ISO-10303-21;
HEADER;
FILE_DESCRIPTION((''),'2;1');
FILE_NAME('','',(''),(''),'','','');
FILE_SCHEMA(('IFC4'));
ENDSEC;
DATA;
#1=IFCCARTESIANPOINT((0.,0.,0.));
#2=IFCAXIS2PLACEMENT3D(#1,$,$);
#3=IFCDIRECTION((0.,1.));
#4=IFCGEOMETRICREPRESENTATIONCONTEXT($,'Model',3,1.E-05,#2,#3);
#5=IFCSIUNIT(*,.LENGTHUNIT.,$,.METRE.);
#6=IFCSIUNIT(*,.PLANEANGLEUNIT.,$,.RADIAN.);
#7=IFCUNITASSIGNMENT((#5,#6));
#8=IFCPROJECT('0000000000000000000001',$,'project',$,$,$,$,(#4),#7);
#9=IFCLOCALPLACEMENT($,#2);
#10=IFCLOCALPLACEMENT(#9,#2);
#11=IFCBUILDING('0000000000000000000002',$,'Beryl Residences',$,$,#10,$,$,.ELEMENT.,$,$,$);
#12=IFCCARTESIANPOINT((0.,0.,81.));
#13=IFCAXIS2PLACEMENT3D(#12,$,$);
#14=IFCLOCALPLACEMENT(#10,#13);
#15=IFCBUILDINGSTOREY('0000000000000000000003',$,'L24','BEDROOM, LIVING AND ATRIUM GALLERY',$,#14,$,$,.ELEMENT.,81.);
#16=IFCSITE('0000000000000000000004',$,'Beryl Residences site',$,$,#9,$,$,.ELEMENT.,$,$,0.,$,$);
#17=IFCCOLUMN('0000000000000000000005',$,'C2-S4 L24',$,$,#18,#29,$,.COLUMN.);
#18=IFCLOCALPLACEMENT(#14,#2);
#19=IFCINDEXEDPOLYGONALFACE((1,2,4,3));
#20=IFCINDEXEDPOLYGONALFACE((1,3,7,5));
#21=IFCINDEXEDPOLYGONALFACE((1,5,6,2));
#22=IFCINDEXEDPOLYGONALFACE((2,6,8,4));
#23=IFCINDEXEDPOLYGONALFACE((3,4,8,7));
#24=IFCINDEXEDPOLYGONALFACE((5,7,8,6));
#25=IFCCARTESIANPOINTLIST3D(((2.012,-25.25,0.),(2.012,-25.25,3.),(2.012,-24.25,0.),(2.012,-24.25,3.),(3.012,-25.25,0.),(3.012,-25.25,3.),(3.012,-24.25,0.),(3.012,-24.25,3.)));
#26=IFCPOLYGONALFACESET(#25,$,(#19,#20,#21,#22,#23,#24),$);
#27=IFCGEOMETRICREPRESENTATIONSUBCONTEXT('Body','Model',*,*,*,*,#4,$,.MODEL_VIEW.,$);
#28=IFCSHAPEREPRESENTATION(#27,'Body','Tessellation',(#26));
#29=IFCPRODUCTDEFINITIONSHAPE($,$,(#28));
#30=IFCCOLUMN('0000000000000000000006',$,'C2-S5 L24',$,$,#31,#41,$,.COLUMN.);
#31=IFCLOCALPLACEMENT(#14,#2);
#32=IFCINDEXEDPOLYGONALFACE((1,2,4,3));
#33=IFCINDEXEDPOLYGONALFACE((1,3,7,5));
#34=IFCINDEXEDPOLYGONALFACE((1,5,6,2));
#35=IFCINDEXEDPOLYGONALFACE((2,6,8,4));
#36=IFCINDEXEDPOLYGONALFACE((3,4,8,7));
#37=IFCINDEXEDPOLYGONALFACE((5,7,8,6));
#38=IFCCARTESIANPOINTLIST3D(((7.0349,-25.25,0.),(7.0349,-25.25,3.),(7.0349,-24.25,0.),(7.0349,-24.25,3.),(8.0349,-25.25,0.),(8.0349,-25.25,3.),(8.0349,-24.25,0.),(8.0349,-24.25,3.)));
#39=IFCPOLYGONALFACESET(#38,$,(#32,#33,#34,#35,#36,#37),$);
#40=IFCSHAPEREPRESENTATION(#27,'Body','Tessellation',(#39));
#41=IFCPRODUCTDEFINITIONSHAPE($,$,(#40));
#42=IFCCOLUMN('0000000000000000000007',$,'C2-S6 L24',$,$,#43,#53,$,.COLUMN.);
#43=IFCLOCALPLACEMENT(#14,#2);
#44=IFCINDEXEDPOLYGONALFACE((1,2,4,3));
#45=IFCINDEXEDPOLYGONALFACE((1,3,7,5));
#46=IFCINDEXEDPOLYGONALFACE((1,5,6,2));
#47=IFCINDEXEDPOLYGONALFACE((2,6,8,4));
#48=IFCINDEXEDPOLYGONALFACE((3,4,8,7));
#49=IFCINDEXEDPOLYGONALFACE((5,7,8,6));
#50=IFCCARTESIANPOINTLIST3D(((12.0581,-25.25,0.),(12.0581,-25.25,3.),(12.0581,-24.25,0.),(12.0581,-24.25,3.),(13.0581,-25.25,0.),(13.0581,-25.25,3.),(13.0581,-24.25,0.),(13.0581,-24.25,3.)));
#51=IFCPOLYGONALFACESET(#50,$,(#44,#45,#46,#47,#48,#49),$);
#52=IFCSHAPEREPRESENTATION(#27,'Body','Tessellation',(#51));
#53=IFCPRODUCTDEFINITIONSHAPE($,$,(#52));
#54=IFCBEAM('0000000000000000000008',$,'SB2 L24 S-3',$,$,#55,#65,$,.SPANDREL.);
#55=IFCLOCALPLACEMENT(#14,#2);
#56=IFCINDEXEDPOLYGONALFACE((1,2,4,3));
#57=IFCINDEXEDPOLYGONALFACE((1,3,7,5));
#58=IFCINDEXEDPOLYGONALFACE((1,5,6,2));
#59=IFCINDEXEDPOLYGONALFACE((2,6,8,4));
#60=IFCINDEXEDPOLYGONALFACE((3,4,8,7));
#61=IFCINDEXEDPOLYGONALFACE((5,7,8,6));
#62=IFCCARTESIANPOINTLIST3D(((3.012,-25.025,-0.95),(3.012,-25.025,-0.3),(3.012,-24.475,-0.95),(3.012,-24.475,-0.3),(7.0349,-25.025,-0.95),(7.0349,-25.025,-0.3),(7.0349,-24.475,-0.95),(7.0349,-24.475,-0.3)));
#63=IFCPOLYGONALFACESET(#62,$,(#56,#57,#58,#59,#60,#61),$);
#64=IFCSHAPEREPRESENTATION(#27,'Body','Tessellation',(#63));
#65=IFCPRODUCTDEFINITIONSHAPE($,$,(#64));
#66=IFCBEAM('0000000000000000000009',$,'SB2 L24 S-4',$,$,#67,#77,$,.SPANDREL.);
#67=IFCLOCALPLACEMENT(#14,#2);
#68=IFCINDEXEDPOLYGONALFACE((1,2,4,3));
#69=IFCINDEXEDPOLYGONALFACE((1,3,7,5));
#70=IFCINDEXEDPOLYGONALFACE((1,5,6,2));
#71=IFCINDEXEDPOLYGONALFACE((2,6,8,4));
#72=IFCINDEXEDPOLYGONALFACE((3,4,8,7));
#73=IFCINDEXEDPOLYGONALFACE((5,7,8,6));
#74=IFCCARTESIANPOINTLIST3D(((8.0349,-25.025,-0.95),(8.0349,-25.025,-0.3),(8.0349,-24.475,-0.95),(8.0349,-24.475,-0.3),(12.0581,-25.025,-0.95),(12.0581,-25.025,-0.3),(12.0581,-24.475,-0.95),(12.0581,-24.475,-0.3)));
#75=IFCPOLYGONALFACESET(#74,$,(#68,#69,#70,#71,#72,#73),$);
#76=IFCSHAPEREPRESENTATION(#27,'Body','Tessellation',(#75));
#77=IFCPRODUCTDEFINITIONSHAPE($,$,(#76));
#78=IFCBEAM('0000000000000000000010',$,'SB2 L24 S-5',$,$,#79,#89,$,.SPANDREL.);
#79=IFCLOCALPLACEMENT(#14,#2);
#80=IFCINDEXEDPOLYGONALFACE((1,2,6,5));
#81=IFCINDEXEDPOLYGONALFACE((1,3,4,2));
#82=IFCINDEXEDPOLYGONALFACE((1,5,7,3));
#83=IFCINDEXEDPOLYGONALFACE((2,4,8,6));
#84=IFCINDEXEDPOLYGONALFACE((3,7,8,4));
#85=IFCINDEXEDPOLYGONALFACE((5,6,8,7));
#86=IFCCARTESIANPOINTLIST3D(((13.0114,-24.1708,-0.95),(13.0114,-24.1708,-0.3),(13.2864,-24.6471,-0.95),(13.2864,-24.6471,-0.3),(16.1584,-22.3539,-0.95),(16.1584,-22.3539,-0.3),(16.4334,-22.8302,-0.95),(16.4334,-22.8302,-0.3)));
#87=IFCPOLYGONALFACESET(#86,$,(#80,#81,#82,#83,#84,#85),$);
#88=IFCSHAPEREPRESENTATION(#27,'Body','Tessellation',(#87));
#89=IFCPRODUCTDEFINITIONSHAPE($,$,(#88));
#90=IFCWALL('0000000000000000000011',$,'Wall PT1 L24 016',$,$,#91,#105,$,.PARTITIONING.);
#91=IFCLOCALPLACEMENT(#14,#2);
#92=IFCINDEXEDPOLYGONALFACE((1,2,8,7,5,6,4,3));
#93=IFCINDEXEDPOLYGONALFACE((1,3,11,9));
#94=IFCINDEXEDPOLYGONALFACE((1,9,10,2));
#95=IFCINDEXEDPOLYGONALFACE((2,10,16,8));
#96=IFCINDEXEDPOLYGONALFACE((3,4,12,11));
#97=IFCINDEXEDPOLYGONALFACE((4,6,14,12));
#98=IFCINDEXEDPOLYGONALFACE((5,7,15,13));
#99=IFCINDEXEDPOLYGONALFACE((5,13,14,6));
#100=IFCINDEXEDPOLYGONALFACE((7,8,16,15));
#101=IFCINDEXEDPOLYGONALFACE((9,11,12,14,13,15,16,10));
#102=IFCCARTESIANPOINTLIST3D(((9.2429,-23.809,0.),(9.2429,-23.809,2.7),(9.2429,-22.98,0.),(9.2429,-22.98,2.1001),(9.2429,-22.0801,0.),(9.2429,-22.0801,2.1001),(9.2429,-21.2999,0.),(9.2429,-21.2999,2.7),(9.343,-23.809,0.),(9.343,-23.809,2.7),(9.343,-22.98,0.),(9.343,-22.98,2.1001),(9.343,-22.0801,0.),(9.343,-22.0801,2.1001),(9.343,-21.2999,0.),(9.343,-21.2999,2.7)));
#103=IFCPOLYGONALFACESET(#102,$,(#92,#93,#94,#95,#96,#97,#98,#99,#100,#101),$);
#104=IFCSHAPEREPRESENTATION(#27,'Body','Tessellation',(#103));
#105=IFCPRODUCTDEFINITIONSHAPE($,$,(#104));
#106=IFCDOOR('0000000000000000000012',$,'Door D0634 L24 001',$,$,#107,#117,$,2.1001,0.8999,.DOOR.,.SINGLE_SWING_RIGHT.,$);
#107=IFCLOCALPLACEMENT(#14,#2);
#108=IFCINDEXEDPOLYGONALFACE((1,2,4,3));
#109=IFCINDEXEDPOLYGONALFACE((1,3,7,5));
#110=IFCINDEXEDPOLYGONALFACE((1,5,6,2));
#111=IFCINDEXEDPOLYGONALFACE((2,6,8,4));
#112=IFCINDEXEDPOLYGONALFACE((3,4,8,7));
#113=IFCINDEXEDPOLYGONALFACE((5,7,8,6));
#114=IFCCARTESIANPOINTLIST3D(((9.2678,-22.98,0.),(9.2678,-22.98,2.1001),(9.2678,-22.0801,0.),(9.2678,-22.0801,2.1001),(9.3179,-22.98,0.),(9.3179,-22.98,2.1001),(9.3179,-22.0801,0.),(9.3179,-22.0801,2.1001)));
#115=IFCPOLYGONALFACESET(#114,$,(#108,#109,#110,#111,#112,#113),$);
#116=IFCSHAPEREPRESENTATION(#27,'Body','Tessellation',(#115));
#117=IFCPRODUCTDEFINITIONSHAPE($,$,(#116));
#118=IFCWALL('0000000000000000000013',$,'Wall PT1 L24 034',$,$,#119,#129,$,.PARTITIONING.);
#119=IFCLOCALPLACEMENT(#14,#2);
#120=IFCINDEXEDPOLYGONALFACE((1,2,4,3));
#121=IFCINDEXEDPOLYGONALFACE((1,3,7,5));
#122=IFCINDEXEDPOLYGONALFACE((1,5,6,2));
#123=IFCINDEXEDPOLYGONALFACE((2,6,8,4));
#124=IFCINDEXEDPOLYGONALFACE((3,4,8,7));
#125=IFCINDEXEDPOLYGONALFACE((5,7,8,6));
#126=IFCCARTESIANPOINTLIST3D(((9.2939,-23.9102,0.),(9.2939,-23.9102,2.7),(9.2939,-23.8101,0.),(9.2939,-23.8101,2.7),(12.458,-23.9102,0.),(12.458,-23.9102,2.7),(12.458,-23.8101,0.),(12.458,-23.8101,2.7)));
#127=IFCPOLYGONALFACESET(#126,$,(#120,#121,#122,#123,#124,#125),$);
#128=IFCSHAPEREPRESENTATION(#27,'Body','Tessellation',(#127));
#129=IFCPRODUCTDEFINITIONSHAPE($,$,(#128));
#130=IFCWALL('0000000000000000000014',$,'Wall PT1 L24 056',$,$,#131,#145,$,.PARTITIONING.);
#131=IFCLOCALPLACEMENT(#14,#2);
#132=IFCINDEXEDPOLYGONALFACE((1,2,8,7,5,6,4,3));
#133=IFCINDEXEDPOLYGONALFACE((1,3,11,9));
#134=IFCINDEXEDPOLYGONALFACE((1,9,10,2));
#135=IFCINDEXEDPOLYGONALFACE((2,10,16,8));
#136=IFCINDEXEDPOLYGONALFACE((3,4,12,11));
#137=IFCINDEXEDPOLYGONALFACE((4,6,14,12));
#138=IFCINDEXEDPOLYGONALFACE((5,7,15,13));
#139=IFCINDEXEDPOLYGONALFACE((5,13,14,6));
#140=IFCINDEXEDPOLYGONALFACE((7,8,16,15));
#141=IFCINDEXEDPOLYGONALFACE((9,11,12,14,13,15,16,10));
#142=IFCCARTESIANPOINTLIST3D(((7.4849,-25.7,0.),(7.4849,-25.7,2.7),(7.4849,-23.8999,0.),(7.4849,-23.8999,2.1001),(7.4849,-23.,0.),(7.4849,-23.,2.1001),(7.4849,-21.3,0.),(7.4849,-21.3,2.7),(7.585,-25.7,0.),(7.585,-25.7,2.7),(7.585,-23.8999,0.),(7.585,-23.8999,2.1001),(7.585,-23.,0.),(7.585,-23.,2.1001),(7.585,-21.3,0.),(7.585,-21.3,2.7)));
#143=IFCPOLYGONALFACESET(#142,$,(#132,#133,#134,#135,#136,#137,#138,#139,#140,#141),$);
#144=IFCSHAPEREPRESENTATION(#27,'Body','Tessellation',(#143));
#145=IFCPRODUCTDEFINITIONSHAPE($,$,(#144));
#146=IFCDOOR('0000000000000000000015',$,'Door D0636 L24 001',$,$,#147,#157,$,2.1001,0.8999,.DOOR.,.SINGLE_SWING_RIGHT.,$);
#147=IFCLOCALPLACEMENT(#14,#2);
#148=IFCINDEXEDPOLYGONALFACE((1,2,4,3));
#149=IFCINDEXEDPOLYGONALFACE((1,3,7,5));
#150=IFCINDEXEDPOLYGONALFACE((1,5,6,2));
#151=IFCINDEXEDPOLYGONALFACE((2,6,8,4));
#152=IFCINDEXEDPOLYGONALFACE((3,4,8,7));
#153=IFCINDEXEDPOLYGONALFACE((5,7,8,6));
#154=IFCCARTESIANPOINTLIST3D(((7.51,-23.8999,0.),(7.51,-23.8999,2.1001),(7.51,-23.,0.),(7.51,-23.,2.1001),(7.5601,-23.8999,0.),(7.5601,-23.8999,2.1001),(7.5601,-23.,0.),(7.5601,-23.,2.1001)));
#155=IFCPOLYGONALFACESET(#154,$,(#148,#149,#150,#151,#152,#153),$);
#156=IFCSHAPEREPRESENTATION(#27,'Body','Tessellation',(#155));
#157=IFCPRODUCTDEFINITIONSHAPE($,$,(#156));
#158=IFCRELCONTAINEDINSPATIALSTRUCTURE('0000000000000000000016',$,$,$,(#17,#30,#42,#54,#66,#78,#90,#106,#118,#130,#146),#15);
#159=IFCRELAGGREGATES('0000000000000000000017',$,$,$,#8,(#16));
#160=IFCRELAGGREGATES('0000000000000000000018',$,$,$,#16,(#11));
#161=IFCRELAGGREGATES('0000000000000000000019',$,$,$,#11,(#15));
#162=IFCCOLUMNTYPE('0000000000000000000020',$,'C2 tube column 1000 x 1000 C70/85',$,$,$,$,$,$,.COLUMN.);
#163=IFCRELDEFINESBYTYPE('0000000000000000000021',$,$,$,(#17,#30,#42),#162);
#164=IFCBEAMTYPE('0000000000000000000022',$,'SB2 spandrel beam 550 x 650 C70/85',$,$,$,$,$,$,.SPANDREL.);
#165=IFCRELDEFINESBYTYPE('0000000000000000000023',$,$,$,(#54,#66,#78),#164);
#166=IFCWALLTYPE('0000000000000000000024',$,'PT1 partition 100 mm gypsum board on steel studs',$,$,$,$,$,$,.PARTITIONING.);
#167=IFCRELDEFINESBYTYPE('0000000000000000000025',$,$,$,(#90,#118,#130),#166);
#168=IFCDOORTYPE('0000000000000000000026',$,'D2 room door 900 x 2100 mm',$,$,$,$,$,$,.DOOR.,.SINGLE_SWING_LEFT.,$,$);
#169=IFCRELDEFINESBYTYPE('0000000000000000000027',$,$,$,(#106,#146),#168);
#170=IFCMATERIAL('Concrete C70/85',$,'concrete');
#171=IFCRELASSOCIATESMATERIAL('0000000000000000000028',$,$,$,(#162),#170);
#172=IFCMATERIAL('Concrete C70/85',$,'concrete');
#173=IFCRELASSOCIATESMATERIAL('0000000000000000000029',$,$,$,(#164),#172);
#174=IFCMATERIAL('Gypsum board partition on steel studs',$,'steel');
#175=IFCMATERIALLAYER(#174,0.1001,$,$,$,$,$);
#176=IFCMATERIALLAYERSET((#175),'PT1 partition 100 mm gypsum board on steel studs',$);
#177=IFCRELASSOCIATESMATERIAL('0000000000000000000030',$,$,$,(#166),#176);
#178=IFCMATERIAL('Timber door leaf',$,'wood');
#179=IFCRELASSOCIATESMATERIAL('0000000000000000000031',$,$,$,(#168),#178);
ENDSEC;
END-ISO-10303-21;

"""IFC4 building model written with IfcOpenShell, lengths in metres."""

from ifc_helpers import new_model, si_unit, direction, frame, frame_2d, origin, origin_2d, place, context, subcontext, project, spatial, rectangle, extrude, material, layer, layer_set, material_profile, profile_set, type_object, element, fill, save


model = new_model("IFC4")

# Units and contexts
model_context = context("Model", 3, precision=1e-05, world=origin(), true_north=direction((0.0, 1.0)))
body_context = subcontext(model_context, "Body", "Model", "MODEL_VIEW")
ifc_project = project(units=[si_unit("LENGTHUNIT", "METRE"), si_unit("PLANEANGLEUNIT", "RADIAN")], contexts=[model_context])

# Site, building, storey
site_placement = place(None, origin())
site = spatial("IfcSite", under=ifc_project, at=site_placement, Name="Beryl Residences site", CompositionType="ELEMENT", RefElevation=0.0)
building_placement = place(site_placement, origin())
building = spatial("IfcBuilding", under=site, at=building_placement, Name="Beryl Residences", CompositionType="ELEMENT")
storey_placement = place(building_placement, frame((0.0, 0.0, 81.0)))
storey = spatial("IfcBuildingStorey", under=building, at=storey_placement, Name="L24", Description="BEDROOM, LIVING AND ATRIUM GALLERY", CompositionType="ELEMENT", Elevation=81.0)

# Columns
ifc_material_1 = material(Name="Concrete C70/85", Category="concrete")
ifc_material_profile_1 = material_profile(ifc_material_1, rectangle(XDim=1.0, YDim=1.0, at=origin_2d()))
ifc_profile_set_1 = profile_set([ifc_material_profile_1], Name="Concrete C70/85")
column_type = type_object("IfcColumnType", Name="C2 tube column 1000 x 1000 C70/85", PredefinedType="COLUMN", material=ifc_profile_set_1)
for number, where, z_axis, x_axis, name in (
    (1, (2.512, -24.75, 0.0), (0.0, 0.0, 1.0), (1.0, 0.0, 0.0), "C2-S4 L24"),
    (2, (7.5349, -24.75, 0.0), (0.0, 0.0, 1.0), (1.0, 0.0, 0.0), "C2-S5 L24"),
    (3, (12.5581, -24.75, 0.0), (0.0, 0.0, 1.0), (1.0, 0.0, 0.0), "C2-S6 L24"),
):
    element("IfcColumn", number, at=place(storey_placement, frame(where, z_axis=z_axis, x_axis=x_axis)), inside=storey, type_object=column_type, Name=name, PredefinedType="COLUMN", context=body_context, shape_type="SweptSolid", body=[
        extrude(rectangle(XDim=1.0, YDim=1.0, at=origin_2d()), origin(), (0.0, 0.0, 1.0), 3.0),
    ])

# Beams
ifc_material_2 = material(Name="Concrete C70/85", Category="concrete")
ifc_material_profile_2 = material_profile(ifc_material_2, rectangle(XDim=0.55, YDim=0.6499, at=origin_2d()))
ifc_profile_set_2 = profile_set([ifc_material_profile_2], Name="Concrete C70/85")
beam_type = type_object("IfcBeamType", Name="SB2 spandrel beam 550 x 650 C70/85", PredefinedType="SPANDREL", material=ifc_profile_set_2)
beam_1_placement = place(storey_placement, frame((3.012, -24.75, -0.625), z_axis=(1.0, 0.0, 0.0), x_axis=(0.0, 1.0, 0.0)))
element("IfcBeam", 4, at=beam_1_placement, inside=storey, type_object=beam_type, Name="SB2 L24 S-3", PredefinedType="SPANDREL", context=body_context, shape_type="SweptSolid", body=[
    extrude(rectangle(XDim=0.55, YDim=0.6499, at=origin_2d()), origin(), (0.0, 0.0, 1.0), 4.0229),
])
beam_2_placement = place(storey_placement, frame((8.0349, -24.75, -0.625), z_axis=(1.0, 0.0, 0.0), x_axis=(0.0, 1.0, 0.0)))
element("IfcBeam", 5, at=beam_2_placement, inside=storey, type_object=beam_type, Name="SB2 L24 S-4", PredefinedType="SPANDREL", context=body_context, shape_type="SweptSolid", body=[
    extrude(rectangle(XDim=0.55, YDim=0.6499, at=origin_2d()), origin(), (0.0, 0.0, 1.0), 4.0232),
])
beam_3_placement = place(storey_placement, frame((13.1489, -24.4089, -0.625), z_axis=(0.866027, 0.499998, 0.0), x_axis=(-0.499998, 0.866027, 0.0)))
element("IfcBeam", 6, at=beam_3_placement, inside=storey, type_object=beam_type, Name="SB2 L24 S-5", PredefinedType="SPANDREL", context=body_context, shape_type="SweptSolid", body=[
    extrude(rectangle(XDim=0.55, YDim=0.6499, at=origin_2d()), origin(), (0.0, 0.0, 1.0), 3.6338),
])

# Wall, opening, door
ifc_material_3 = material(Name="Gypsum board partition on steel studs", Category="steel")
ifc_layer_1 = layer(ifc_material_3, 0.1001)
ifc_layer_set_1 = layer_set([ifc_layer_1], Name="PT1 partition 100 mm gypsum board on steel studs")
wall_type_1 = type_object("IfcWallType", Name="PT1 partition 100 mm gypsum board on steel studs", PredefinedType="PARTITIONING", material=ifc_layer_set_1)
wall_1_placement = place(storey_placement, frame((9.293, -21.3, 0.0), z_axis=(0.0, 0.0, 1.0), x_axis=(0.0, -1.0, 0.0)))
wall_1 = element("IfcWall", 7, at=wall_1_placement, inside=storey, type_object=wall_type_1, Name="Wall PT1 L24 016", PredefinedType="PARTITIONING", context=body_context, shape_type="SweptSolid", body=[
    extrude(rectangle(XDim=2.509, YDim=0.1001, at=frame_2d((1.2544, 0.0))), origin(), (0.0, 0.0, 1.0), 2.7),
])
opening_1_placement = place(wall_1_placement, frame((0.78, 0.0, 0.0)))
opening_1 = element("IfcOpeningElement", 8, at=opening_1_placement, cuts=wall_1, PredefinedType="OPENING", context=body_context, shape_type="SweptSolid", body=[
    extrude(rectangle(XDim=0.8999, YDim=2.1001, at=frame_2d((0.45, 1.05))), frame((0.0, 0.0601, 0.0), z_axis=(0.0, -1.0, 0.0), x_axis=(1.0, 0.0, 0.0)), (0.0, 0.0, 1.0), 0.1201),
])
ifc_material_4 = material(Name="Timber door leaf", Category="wood")
door_type_1 = type_object("IfcDoorType", Name="D2 room door 900 x 2100 mm", OperationType="SINGLE_SWING_LEFT", PredefinedType="DOOR", material=ifc_material_4)
door_1_placement = place(opening_1_placement, origin())
door_1 = element("IfcDoor", 9, at=door_1_placement, inside=storey, type_object=door_type_1, Name="Door D0634 L24 001", OperationType="SINGLE_SWING_RIGHT", OverallHeight=2.1001, OverallWidth=0.8999, PredefinedType="DOOR", context=body_context, shape_type="SweptSolid", body=[
    extrude(rectangle(XDim=0.8999, YDim=2.1001, at=frame_2d((0.45, 1.05))), frame((0.0, 0.0249, 0.0), z_axis=(0.0, -1.0, 0.0), x_axis=(1.0, 0.0, 0.0)), (0.0, 0.0, 1.0), 0.05),
])
fill(opening_1, door_1)

# Wall
wall_2_placement = place(storey_placement, frame((9.2939, -23.8601, 0.0), z_axis=(0.0, 0.0, 1.0), x_axis=(1.0, 0.0, 0.0)))
element("IfcWall", 10, at=wall_2_placement, inside=storey, type_object=wall_type_1, Name="Wall PT1 L24 034", PredefinedType="PARTITIONING", context=body_context, shape_type="SweptSolid", body=[
    extrude(rectangle(XDim=3.1641, YDim=0.1001, at=frame_2d((1.582, 0.0))), origin(), (0.0, 0.0, 1.0), 2.7),
])

# Wall, opening, door
wall_3_placement = place(storey_placement, frame((7.5349, -25.7, 0.0), z_axis=(0.0, 0.0, 1.0), x_axis=(0.0, 1.0, 0.0)))
wall_3 = element("IfcWall", 11, at=wall_3_placement, inside=storey, type_object=wall_type_1, Name="Wall PT1 L24 056", PredefinedType="PARTITIONING", context=body_context, shape_type="SweptSolid", body=[
    extrude(rectangle(XDim=4.3999, YDim=0.1001, at=frame_2d((2.2, 0.0))), origin(), (0.0, 0.0, 1.0), 2.7),
])
opening_2_placement = place(wall_3_placement, frame((1.8, 0.0, 0.0)))
opening_2 = element("IfcOpeningElement", 12, at=opening_2_placement, cuts=wall_3, PredefinedType="OPENING", context=body_context, shape_type="SweptSolid", body=[
    extrude(rectangle(XDim=0.8999, YDim=2.1001, at=frame_2d((0.45, 1.05))), frame((0.0, 0.0601, 0.0), z_axis=(0.0, -1.0, 0.0), x_axis=(1.0, 0.0, 0.0)), (0.0, 0.0, 1.0), 0.1201),
])
door_2_placement = place(opening_2_placement, origin())
door_2 = element("IfcDoor", 13, at=door_2_placement, inside=storey, type_object=door_type_1, Name="Door D0636 L24 001", OperationType="SINGLE_SWING_RIGHT", OverallHeight=2.1001, OverallWidth=0.8999, PredefinedType="DOOR", context=body_context, shape_type="SweptSolid", body=[
    extrude(rectangle(XDim=0.8999, YDim=2.1001, at=frame_2d((0.45, 1.05))), frame((0.0, 0.0249, 0.0), z_axis=(0.0, -1.0, 0.0), x_axis=(1.0, 0.0, 0.0)), (0.0, 0.0, 1.0), 0.05),
])
fill(opening_2, door_2)

save(model, "model.ifc")
